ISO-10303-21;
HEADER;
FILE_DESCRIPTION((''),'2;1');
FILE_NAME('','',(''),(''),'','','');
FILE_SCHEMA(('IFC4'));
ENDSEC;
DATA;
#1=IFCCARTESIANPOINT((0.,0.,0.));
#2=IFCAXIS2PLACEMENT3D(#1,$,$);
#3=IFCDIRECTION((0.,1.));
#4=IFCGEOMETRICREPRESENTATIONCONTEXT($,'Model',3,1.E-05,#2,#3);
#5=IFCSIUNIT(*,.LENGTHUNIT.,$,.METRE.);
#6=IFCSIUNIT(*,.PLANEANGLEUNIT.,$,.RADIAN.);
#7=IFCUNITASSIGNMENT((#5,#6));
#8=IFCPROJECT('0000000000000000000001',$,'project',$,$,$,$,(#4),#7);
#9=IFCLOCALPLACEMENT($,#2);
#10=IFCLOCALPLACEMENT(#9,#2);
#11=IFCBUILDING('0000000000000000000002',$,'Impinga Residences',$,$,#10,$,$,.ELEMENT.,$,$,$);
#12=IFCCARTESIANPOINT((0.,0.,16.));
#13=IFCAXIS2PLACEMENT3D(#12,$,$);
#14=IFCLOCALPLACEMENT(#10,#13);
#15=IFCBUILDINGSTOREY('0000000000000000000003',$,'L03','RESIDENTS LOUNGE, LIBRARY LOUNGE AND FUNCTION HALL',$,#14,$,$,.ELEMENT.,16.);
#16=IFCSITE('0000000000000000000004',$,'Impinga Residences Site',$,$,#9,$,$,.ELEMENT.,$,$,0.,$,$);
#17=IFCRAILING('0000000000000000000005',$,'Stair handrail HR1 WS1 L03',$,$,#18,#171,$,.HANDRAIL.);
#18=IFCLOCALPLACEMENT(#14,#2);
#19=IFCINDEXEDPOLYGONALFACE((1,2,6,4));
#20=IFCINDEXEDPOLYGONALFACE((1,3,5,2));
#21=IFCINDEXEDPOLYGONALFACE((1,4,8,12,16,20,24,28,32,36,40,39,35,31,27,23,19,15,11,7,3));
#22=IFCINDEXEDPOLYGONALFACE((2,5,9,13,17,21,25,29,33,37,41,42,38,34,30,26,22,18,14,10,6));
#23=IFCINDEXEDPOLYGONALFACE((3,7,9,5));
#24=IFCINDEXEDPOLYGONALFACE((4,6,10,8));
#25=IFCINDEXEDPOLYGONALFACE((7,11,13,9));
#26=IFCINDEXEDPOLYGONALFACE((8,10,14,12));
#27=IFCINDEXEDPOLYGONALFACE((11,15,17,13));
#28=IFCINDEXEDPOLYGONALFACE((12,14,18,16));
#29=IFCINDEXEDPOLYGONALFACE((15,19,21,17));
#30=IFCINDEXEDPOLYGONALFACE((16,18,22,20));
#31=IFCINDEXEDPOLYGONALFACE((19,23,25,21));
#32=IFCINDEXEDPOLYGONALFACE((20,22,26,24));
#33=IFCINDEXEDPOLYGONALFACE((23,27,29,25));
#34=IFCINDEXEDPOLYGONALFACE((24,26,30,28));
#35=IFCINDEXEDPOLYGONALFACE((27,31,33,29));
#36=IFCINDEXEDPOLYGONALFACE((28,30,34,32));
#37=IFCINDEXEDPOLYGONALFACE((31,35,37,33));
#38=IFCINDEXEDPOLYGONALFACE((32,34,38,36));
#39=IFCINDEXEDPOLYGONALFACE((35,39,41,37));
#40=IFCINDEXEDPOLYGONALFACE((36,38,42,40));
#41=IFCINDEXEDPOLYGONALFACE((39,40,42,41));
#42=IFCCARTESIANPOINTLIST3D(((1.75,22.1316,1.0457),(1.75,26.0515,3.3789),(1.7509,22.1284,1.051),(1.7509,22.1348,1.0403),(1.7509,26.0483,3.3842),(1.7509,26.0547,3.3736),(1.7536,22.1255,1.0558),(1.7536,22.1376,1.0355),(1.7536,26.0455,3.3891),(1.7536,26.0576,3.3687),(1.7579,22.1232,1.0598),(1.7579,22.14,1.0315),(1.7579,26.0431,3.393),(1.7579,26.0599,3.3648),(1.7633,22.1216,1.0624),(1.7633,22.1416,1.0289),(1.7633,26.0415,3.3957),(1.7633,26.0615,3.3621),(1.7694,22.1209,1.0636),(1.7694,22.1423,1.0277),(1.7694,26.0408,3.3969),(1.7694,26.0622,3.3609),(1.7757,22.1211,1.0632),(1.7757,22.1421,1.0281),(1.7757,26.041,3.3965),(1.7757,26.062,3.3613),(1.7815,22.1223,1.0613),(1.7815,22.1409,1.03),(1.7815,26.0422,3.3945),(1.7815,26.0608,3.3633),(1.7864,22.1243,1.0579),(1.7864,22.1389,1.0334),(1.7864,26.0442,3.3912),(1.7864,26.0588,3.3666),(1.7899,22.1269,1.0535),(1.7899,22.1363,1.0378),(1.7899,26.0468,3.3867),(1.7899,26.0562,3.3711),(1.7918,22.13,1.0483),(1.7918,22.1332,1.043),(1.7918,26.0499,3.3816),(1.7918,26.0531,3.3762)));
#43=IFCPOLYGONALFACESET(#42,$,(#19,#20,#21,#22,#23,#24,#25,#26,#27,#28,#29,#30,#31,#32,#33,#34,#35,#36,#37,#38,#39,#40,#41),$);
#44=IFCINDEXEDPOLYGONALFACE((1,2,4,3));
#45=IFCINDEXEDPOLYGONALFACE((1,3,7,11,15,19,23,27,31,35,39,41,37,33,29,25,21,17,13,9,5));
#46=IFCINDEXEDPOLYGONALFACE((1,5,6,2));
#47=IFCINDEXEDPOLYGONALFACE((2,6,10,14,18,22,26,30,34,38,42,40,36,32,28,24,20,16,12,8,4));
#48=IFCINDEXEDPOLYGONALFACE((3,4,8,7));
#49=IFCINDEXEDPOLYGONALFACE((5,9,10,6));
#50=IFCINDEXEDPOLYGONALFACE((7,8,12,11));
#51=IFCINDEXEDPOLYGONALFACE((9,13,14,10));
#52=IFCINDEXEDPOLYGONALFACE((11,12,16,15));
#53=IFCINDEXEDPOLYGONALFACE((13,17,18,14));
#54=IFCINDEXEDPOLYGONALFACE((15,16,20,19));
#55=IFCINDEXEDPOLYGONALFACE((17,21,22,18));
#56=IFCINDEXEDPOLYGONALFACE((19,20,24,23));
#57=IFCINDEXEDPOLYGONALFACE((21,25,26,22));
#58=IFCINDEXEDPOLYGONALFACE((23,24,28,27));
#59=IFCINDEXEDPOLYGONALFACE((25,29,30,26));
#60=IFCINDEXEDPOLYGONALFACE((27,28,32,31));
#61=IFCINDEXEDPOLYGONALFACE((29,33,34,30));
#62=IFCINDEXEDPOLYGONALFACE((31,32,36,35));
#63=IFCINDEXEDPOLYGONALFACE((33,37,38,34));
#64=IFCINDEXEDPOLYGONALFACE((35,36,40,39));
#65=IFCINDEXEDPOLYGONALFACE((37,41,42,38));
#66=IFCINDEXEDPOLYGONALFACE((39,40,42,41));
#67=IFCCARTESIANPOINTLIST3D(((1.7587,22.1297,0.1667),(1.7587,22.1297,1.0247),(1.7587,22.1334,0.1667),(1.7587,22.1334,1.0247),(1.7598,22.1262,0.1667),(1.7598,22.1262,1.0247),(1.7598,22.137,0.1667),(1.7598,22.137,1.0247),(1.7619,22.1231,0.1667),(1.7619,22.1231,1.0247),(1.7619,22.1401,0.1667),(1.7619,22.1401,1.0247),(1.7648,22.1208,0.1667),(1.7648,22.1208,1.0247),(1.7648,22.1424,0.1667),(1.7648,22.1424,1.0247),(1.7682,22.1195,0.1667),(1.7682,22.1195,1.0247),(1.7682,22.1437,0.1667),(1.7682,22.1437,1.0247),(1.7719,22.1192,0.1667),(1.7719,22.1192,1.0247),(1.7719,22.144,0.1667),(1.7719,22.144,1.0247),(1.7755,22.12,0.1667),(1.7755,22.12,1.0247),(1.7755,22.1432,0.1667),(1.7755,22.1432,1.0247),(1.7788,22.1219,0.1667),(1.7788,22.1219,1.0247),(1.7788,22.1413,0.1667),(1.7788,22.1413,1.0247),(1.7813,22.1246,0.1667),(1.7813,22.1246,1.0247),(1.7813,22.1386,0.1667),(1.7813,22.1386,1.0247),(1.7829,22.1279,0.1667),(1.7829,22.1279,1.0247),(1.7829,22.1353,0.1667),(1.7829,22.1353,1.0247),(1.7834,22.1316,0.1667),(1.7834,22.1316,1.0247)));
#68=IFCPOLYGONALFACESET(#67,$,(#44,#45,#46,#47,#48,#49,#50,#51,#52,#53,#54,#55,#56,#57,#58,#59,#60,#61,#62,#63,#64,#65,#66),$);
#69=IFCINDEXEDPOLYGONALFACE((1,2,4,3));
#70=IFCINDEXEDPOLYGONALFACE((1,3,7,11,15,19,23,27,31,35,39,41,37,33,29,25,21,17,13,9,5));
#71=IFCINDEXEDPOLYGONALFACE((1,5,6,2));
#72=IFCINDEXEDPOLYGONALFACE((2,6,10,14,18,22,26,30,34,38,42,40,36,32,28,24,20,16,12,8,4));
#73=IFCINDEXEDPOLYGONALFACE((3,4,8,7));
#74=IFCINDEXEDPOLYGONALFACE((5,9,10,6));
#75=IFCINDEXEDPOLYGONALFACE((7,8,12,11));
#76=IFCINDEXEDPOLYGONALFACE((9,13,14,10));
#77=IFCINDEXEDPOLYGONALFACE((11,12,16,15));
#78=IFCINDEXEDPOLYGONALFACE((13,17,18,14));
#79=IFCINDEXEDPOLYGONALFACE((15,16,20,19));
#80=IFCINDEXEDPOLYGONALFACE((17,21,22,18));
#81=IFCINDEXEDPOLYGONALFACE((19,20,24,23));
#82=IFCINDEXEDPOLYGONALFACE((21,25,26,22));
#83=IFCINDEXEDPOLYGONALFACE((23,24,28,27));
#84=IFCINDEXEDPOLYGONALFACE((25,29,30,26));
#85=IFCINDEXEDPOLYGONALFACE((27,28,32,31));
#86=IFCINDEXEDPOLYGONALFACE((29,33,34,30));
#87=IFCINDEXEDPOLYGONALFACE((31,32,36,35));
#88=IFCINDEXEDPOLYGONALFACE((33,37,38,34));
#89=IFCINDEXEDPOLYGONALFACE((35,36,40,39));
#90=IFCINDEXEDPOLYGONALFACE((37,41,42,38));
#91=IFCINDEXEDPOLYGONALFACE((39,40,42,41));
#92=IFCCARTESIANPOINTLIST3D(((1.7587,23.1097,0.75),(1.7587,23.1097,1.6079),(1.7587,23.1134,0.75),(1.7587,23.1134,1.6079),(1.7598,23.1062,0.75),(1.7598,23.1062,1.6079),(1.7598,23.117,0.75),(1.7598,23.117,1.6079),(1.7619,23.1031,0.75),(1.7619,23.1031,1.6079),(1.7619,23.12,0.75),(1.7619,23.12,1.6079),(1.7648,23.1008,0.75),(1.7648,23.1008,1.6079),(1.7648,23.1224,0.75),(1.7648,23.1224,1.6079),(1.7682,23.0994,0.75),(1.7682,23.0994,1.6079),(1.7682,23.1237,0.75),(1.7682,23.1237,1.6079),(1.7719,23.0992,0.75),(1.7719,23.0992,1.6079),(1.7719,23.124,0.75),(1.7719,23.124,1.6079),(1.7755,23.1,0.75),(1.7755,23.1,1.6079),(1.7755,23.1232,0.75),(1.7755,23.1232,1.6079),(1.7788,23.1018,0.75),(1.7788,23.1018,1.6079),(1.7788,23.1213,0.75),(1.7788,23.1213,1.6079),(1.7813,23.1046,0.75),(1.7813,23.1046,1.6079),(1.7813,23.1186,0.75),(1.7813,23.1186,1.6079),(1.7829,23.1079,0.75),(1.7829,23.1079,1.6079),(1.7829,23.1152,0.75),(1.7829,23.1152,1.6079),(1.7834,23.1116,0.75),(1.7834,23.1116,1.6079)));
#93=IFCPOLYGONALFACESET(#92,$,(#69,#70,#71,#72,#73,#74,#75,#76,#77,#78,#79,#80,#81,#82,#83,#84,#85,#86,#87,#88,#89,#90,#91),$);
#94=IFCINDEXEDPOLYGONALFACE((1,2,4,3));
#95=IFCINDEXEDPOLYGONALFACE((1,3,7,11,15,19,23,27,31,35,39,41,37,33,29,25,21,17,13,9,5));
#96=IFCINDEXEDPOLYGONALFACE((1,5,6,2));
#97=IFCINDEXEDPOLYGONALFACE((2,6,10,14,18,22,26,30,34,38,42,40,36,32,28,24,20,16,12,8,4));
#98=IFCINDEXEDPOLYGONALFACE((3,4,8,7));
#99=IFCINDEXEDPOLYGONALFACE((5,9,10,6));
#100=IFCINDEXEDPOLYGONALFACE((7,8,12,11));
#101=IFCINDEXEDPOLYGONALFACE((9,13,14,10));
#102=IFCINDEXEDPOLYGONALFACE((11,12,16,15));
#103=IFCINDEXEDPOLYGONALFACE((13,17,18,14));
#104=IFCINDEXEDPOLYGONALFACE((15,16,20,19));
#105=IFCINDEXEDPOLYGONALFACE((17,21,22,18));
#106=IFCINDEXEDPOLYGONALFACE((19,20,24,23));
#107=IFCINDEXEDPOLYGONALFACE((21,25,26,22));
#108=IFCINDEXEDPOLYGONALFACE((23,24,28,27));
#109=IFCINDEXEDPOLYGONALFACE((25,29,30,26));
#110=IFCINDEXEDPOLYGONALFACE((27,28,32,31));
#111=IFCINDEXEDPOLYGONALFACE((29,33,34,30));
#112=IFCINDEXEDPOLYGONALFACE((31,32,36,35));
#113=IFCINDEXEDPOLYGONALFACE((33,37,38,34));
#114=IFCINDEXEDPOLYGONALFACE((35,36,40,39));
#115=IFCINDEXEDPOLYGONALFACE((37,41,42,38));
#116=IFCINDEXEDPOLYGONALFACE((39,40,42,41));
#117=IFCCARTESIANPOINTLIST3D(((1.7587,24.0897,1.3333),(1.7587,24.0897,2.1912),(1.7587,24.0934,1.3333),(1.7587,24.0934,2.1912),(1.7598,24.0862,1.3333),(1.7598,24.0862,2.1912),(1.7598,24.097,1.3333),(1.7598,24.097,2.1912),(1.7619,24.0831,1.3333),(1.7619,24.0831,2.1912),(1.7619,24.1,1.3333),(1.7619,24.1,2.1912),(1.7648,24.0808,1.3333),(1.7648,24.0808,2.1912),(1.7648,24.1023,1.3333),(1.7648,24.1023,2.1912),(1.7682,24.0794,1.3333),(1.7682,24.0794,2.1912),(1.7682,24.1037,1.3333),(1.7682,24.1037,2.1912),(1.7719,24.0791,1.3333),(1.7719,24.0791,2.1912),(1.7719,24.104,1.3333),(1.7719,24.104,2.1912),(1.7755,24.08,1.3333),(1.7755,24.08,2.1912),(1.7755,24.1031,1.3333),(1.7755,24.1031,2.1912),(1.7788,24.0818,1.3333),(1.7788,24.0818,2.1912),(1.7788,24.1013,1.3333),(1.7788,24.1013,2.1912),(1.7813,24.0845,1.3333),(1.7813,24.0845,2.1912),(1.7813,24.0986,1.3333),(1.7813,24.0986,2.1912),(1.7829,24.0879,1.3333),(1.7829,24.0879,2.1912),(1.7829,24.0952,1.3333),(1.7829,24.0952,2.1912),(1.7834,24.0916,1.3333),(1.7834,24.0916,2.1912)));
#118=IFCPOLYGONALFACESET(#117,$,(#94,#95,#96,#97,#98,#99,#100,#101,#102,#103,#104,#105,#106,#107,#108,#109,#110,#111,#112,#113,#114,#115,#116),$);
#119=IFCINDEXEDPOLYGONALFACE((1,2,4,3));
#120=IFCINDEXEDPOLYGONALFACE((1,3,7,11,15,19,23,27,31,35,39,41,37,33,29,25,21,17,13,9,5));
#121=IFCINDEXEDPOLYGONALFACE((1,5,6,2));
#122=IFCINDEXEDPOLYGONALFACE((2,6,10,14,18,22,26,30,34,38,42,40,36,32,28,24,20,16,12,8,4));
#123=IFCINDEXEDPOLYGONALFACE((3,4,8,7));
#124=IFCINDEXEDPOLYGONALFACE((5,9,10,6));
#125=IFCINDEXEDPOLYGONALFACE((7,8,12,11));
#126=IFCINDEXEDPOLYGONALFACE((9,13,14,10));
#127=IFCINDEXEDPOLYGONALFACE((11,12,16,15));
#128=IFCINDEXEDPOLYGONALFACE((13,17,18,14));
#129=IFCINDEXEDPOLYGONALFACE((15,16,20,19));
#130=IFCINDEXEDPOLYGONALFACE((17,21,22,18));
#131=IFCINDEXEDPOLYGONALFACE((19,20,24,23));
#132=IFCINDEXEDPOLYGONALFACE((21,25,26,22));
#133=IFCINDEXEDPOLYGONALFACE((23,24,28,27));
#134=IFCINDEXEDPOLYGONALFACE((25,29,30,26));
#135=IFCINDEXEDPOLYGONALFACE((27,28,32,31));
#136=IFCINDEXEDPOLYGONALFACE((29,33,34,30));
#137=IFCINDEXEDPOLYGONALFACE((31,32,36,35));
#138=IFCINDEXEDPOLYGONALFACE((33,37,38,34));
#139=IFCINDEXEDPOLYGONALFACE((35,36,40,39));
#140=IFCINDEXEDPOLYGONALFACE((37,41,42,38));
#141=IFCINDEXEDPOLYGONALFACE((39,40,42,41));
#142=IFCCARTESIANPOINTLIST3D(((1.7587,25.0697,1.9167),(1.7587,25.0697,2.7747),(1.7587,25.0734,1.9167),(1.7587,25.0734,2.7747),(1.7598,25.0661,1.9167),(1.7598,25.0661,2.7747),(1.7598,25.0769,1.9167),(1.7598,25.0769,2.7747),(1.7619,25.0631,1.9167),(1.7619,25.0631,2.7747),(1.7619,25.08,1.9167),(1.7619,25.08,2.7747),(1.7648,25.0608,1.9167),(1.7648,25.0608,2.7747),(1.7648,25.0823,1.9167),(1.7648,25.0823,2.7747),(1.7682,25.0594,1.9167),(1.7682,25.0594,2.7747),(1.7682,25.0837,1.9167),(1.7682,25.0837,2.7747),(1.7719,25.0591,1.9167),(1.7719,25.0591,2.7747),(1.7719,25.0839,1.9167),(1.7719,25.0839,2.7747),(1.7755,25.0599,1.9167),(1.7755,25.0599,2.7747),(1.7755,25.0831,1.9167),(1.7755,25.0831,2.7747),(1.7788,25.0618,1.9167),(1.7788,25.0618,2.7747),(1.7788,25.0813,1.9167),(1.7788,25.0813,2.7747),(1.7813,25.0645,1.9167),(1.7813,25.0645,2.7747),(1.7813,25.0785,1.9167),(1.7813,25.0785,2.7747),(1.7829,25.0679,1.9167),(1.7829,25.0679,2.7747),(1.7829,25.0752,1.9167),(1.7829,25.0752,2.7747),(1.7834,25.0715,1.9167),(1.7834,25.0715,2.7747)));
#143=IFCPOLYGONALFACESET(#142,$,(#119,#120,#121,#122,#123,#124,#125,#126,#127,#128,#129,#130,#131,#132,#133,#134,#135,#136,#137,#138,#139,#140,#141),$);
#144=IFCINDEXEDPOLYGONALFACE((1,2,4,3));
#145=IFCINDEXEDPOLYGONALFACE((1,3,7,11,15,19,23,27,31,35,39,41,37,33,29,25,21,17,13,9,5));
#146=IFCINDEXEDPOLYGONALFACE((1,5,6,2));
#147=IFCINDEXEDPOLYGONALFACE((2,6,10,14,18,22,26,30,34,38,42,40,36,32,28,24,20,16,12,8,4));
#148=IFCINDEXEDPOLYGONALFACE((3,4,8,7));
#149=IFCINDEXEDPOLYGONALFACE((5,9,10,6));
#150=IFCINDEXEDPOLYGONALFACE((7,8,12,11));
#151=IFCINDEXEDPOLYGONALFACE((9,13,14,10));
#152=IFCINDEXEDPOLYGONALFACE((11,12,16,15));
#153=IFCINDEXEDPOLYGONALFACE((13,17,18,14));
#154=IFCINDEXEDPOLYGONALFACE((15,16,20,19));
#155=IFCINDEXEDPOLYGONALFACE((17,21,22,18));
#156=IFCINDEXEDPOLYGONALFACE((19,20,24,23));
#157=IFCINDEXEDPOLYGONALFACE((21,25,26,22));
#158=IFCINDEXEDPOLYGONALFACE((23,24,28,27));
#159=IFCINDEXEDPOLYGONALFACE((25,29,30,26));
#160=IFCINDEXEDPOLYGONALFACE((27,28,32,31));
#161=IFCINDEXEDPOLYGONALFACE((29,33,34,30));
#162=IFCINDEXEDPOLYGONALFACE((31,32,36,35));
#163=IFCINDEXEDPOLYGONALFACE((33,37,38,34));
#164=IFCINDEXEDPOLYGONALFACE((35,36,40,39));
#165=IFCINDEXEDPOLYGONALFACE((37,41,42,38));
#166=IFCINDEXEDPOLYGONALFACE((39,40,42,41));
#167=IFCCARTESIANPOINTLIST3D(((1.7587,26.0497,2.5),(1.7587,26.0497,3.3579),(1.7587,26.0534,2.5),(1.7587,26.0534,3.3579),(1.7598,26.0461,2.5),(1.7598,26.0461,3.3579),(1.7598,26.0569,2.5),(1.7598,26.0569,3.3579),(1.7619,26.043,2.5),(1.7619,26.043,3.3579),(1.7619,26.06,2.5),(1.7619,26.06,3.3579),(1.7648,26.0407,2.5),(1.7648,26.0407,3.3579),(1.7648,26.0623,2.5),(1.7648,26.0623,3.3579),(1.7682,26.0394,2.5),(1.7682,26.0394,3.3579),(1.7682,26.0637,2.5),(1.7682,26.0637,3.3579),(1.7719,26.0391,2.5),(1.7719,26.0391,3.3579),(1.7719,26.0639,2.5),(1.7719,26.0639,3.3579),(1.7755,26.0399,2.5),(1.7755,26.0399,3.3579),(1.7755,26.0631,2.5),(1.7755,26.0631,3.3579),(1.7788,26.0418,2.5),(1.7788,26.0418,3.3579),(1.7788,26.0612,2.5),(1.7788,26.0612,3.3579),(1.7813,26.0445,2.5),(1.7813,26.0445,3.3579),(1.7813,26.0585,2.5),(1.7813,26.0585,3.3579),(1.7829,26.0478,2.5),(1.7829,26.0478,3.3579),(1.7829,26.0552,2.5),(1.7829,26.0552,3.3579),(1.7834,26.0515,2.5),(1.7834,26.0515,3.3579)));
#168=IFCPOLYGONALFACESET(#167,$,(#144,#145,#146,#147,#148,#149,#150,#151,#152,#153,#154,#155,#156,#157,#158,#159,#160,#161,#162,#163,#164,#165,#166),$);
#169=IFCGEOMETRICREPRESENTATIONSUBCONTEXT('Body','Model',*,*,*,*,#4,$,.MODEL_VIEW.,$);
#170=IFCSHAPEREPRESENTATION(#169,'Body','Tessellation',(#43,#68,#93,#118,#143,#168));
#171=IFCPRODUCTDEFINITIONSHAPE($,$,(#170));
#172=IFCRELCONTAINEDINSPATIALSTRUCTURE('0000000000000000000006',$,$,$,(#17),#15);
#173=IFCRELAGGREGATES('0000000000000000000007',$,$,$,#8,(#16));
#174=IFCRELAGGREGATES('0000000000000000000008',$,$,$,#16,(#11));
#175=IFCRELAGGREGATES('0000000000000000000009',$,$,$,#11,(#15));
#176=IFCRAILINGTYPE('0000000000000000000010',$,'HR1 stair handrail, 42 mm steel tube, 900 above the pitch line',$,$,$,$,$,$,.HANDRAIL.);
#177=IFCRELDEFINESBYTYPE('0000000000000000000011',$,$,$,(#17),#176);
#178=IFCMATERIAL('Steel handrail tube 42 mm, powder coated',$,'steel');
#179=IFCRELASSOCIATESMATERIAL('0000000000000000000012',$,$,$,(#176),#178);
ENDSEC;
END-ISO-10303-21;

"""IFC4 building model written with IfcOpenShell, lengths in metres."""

from ifc_helpers import new_model, si_unit, direction, frame, origin, origin_2d, place, context, subcontext, project, spatial, circle, extrude, material, type_object, element, save


model = new_model("IFC4")

# Units and contexts
model_context = context("Model", 3, precision=1e-05, world=origin(), true_north=direction((0.0, 1.0)))
body_context = subcontext(model_context, "Body", "Model", "MODEL_VIEW")
ifc_project = project(units=[si_unit("LENGTHUNIT", "METRE"), si_unit("PLANEANGLEUNIT", "RADIAN")], contexts=[model_context])

# Site, building, storey
site_placement = place(None, origin())
site = spatial("IfcSite", under=ifc_project, at=site_placement, Name="Impinga Residences Site", CompositionType="ELEMENT", RefElevation=0.0)
building_placement = place(site_placement, origin())
building = spatial("IfcBuilding", under=site, at=building_placement, Name="Impinga Residences", CompositionType="ELEMENT")
storey_placement = place(building_placement, frame((0.0, 0.0, 16.0)))
storey = spatial("IfcBuildingStorey", under=building, at=storey_placement, Name="L03", Description="RESIDENTS LOUNGE, LIBRARY LOUNGE AND FUNCTION HALL", CompositionType="ELEMENT", Elevation=16.0)

# Railing
ifc_material_1 = material(Name="Steel handrail tube 42 mm, powder coated", Category="steel")
railing_type_1 = type_object("IfcRailingType", Name="HR1 stair handrail, 42 mm steel tube, 900 above the pitch line", PredefinedType="HANDRAIL", material=ifc_material_1)
railing_1_placement = place(storey_placement, frame((1.771, 22.1316, 0.1667)))
element("IfcRailing", 1, at=railing_1_placement, inside=storey, type_object=railing_type_1, Name="Stair handrail HR1 WS1 L03", PredefinedType="HANDRAIL", context=body_context, shape_type="SweptSolid", body=[
    extrude(circle(Radius=0.021, at=origin_2d()), frame((0.0, 0.0, 0.8789), z_axis=(0.0, 0.859296, 0.511478), x_axis=(-1.0, 0.0, 0.0)), (0.0, 0.0, 1.0), 4.5618),
    extrude(circle(Radius=0.0125, at=origin_2d()), origin(), (0.0, 0.0, 1.0), 0.8579),
    extrude(circle(Radius=0.0125, at=origin_2d()), frame((0.0, 0.98, 0.5833)), (0.0, 0.0, 1.0), 0.8579),
    extrude(circle(Radius=0.0125, at=origin_2d()), frame((0.0, 1.96, 1.1665)), (0.0, 0.0, 1.0), 0.8579),
    extrude(circle(Radius=0.0125, at=origin_2d()), frame((0.0, 2.9399, 1.75)), (0.0, 0.0, 1.0), 0.8579),
    extrude(circle(Radius=0.0125, at=origin_2d()), frame((0.0, 3.9199, 2.3333)), (0.0, 0.0, 1.0), 0.8579),
])

save(model, "model.ifc")
